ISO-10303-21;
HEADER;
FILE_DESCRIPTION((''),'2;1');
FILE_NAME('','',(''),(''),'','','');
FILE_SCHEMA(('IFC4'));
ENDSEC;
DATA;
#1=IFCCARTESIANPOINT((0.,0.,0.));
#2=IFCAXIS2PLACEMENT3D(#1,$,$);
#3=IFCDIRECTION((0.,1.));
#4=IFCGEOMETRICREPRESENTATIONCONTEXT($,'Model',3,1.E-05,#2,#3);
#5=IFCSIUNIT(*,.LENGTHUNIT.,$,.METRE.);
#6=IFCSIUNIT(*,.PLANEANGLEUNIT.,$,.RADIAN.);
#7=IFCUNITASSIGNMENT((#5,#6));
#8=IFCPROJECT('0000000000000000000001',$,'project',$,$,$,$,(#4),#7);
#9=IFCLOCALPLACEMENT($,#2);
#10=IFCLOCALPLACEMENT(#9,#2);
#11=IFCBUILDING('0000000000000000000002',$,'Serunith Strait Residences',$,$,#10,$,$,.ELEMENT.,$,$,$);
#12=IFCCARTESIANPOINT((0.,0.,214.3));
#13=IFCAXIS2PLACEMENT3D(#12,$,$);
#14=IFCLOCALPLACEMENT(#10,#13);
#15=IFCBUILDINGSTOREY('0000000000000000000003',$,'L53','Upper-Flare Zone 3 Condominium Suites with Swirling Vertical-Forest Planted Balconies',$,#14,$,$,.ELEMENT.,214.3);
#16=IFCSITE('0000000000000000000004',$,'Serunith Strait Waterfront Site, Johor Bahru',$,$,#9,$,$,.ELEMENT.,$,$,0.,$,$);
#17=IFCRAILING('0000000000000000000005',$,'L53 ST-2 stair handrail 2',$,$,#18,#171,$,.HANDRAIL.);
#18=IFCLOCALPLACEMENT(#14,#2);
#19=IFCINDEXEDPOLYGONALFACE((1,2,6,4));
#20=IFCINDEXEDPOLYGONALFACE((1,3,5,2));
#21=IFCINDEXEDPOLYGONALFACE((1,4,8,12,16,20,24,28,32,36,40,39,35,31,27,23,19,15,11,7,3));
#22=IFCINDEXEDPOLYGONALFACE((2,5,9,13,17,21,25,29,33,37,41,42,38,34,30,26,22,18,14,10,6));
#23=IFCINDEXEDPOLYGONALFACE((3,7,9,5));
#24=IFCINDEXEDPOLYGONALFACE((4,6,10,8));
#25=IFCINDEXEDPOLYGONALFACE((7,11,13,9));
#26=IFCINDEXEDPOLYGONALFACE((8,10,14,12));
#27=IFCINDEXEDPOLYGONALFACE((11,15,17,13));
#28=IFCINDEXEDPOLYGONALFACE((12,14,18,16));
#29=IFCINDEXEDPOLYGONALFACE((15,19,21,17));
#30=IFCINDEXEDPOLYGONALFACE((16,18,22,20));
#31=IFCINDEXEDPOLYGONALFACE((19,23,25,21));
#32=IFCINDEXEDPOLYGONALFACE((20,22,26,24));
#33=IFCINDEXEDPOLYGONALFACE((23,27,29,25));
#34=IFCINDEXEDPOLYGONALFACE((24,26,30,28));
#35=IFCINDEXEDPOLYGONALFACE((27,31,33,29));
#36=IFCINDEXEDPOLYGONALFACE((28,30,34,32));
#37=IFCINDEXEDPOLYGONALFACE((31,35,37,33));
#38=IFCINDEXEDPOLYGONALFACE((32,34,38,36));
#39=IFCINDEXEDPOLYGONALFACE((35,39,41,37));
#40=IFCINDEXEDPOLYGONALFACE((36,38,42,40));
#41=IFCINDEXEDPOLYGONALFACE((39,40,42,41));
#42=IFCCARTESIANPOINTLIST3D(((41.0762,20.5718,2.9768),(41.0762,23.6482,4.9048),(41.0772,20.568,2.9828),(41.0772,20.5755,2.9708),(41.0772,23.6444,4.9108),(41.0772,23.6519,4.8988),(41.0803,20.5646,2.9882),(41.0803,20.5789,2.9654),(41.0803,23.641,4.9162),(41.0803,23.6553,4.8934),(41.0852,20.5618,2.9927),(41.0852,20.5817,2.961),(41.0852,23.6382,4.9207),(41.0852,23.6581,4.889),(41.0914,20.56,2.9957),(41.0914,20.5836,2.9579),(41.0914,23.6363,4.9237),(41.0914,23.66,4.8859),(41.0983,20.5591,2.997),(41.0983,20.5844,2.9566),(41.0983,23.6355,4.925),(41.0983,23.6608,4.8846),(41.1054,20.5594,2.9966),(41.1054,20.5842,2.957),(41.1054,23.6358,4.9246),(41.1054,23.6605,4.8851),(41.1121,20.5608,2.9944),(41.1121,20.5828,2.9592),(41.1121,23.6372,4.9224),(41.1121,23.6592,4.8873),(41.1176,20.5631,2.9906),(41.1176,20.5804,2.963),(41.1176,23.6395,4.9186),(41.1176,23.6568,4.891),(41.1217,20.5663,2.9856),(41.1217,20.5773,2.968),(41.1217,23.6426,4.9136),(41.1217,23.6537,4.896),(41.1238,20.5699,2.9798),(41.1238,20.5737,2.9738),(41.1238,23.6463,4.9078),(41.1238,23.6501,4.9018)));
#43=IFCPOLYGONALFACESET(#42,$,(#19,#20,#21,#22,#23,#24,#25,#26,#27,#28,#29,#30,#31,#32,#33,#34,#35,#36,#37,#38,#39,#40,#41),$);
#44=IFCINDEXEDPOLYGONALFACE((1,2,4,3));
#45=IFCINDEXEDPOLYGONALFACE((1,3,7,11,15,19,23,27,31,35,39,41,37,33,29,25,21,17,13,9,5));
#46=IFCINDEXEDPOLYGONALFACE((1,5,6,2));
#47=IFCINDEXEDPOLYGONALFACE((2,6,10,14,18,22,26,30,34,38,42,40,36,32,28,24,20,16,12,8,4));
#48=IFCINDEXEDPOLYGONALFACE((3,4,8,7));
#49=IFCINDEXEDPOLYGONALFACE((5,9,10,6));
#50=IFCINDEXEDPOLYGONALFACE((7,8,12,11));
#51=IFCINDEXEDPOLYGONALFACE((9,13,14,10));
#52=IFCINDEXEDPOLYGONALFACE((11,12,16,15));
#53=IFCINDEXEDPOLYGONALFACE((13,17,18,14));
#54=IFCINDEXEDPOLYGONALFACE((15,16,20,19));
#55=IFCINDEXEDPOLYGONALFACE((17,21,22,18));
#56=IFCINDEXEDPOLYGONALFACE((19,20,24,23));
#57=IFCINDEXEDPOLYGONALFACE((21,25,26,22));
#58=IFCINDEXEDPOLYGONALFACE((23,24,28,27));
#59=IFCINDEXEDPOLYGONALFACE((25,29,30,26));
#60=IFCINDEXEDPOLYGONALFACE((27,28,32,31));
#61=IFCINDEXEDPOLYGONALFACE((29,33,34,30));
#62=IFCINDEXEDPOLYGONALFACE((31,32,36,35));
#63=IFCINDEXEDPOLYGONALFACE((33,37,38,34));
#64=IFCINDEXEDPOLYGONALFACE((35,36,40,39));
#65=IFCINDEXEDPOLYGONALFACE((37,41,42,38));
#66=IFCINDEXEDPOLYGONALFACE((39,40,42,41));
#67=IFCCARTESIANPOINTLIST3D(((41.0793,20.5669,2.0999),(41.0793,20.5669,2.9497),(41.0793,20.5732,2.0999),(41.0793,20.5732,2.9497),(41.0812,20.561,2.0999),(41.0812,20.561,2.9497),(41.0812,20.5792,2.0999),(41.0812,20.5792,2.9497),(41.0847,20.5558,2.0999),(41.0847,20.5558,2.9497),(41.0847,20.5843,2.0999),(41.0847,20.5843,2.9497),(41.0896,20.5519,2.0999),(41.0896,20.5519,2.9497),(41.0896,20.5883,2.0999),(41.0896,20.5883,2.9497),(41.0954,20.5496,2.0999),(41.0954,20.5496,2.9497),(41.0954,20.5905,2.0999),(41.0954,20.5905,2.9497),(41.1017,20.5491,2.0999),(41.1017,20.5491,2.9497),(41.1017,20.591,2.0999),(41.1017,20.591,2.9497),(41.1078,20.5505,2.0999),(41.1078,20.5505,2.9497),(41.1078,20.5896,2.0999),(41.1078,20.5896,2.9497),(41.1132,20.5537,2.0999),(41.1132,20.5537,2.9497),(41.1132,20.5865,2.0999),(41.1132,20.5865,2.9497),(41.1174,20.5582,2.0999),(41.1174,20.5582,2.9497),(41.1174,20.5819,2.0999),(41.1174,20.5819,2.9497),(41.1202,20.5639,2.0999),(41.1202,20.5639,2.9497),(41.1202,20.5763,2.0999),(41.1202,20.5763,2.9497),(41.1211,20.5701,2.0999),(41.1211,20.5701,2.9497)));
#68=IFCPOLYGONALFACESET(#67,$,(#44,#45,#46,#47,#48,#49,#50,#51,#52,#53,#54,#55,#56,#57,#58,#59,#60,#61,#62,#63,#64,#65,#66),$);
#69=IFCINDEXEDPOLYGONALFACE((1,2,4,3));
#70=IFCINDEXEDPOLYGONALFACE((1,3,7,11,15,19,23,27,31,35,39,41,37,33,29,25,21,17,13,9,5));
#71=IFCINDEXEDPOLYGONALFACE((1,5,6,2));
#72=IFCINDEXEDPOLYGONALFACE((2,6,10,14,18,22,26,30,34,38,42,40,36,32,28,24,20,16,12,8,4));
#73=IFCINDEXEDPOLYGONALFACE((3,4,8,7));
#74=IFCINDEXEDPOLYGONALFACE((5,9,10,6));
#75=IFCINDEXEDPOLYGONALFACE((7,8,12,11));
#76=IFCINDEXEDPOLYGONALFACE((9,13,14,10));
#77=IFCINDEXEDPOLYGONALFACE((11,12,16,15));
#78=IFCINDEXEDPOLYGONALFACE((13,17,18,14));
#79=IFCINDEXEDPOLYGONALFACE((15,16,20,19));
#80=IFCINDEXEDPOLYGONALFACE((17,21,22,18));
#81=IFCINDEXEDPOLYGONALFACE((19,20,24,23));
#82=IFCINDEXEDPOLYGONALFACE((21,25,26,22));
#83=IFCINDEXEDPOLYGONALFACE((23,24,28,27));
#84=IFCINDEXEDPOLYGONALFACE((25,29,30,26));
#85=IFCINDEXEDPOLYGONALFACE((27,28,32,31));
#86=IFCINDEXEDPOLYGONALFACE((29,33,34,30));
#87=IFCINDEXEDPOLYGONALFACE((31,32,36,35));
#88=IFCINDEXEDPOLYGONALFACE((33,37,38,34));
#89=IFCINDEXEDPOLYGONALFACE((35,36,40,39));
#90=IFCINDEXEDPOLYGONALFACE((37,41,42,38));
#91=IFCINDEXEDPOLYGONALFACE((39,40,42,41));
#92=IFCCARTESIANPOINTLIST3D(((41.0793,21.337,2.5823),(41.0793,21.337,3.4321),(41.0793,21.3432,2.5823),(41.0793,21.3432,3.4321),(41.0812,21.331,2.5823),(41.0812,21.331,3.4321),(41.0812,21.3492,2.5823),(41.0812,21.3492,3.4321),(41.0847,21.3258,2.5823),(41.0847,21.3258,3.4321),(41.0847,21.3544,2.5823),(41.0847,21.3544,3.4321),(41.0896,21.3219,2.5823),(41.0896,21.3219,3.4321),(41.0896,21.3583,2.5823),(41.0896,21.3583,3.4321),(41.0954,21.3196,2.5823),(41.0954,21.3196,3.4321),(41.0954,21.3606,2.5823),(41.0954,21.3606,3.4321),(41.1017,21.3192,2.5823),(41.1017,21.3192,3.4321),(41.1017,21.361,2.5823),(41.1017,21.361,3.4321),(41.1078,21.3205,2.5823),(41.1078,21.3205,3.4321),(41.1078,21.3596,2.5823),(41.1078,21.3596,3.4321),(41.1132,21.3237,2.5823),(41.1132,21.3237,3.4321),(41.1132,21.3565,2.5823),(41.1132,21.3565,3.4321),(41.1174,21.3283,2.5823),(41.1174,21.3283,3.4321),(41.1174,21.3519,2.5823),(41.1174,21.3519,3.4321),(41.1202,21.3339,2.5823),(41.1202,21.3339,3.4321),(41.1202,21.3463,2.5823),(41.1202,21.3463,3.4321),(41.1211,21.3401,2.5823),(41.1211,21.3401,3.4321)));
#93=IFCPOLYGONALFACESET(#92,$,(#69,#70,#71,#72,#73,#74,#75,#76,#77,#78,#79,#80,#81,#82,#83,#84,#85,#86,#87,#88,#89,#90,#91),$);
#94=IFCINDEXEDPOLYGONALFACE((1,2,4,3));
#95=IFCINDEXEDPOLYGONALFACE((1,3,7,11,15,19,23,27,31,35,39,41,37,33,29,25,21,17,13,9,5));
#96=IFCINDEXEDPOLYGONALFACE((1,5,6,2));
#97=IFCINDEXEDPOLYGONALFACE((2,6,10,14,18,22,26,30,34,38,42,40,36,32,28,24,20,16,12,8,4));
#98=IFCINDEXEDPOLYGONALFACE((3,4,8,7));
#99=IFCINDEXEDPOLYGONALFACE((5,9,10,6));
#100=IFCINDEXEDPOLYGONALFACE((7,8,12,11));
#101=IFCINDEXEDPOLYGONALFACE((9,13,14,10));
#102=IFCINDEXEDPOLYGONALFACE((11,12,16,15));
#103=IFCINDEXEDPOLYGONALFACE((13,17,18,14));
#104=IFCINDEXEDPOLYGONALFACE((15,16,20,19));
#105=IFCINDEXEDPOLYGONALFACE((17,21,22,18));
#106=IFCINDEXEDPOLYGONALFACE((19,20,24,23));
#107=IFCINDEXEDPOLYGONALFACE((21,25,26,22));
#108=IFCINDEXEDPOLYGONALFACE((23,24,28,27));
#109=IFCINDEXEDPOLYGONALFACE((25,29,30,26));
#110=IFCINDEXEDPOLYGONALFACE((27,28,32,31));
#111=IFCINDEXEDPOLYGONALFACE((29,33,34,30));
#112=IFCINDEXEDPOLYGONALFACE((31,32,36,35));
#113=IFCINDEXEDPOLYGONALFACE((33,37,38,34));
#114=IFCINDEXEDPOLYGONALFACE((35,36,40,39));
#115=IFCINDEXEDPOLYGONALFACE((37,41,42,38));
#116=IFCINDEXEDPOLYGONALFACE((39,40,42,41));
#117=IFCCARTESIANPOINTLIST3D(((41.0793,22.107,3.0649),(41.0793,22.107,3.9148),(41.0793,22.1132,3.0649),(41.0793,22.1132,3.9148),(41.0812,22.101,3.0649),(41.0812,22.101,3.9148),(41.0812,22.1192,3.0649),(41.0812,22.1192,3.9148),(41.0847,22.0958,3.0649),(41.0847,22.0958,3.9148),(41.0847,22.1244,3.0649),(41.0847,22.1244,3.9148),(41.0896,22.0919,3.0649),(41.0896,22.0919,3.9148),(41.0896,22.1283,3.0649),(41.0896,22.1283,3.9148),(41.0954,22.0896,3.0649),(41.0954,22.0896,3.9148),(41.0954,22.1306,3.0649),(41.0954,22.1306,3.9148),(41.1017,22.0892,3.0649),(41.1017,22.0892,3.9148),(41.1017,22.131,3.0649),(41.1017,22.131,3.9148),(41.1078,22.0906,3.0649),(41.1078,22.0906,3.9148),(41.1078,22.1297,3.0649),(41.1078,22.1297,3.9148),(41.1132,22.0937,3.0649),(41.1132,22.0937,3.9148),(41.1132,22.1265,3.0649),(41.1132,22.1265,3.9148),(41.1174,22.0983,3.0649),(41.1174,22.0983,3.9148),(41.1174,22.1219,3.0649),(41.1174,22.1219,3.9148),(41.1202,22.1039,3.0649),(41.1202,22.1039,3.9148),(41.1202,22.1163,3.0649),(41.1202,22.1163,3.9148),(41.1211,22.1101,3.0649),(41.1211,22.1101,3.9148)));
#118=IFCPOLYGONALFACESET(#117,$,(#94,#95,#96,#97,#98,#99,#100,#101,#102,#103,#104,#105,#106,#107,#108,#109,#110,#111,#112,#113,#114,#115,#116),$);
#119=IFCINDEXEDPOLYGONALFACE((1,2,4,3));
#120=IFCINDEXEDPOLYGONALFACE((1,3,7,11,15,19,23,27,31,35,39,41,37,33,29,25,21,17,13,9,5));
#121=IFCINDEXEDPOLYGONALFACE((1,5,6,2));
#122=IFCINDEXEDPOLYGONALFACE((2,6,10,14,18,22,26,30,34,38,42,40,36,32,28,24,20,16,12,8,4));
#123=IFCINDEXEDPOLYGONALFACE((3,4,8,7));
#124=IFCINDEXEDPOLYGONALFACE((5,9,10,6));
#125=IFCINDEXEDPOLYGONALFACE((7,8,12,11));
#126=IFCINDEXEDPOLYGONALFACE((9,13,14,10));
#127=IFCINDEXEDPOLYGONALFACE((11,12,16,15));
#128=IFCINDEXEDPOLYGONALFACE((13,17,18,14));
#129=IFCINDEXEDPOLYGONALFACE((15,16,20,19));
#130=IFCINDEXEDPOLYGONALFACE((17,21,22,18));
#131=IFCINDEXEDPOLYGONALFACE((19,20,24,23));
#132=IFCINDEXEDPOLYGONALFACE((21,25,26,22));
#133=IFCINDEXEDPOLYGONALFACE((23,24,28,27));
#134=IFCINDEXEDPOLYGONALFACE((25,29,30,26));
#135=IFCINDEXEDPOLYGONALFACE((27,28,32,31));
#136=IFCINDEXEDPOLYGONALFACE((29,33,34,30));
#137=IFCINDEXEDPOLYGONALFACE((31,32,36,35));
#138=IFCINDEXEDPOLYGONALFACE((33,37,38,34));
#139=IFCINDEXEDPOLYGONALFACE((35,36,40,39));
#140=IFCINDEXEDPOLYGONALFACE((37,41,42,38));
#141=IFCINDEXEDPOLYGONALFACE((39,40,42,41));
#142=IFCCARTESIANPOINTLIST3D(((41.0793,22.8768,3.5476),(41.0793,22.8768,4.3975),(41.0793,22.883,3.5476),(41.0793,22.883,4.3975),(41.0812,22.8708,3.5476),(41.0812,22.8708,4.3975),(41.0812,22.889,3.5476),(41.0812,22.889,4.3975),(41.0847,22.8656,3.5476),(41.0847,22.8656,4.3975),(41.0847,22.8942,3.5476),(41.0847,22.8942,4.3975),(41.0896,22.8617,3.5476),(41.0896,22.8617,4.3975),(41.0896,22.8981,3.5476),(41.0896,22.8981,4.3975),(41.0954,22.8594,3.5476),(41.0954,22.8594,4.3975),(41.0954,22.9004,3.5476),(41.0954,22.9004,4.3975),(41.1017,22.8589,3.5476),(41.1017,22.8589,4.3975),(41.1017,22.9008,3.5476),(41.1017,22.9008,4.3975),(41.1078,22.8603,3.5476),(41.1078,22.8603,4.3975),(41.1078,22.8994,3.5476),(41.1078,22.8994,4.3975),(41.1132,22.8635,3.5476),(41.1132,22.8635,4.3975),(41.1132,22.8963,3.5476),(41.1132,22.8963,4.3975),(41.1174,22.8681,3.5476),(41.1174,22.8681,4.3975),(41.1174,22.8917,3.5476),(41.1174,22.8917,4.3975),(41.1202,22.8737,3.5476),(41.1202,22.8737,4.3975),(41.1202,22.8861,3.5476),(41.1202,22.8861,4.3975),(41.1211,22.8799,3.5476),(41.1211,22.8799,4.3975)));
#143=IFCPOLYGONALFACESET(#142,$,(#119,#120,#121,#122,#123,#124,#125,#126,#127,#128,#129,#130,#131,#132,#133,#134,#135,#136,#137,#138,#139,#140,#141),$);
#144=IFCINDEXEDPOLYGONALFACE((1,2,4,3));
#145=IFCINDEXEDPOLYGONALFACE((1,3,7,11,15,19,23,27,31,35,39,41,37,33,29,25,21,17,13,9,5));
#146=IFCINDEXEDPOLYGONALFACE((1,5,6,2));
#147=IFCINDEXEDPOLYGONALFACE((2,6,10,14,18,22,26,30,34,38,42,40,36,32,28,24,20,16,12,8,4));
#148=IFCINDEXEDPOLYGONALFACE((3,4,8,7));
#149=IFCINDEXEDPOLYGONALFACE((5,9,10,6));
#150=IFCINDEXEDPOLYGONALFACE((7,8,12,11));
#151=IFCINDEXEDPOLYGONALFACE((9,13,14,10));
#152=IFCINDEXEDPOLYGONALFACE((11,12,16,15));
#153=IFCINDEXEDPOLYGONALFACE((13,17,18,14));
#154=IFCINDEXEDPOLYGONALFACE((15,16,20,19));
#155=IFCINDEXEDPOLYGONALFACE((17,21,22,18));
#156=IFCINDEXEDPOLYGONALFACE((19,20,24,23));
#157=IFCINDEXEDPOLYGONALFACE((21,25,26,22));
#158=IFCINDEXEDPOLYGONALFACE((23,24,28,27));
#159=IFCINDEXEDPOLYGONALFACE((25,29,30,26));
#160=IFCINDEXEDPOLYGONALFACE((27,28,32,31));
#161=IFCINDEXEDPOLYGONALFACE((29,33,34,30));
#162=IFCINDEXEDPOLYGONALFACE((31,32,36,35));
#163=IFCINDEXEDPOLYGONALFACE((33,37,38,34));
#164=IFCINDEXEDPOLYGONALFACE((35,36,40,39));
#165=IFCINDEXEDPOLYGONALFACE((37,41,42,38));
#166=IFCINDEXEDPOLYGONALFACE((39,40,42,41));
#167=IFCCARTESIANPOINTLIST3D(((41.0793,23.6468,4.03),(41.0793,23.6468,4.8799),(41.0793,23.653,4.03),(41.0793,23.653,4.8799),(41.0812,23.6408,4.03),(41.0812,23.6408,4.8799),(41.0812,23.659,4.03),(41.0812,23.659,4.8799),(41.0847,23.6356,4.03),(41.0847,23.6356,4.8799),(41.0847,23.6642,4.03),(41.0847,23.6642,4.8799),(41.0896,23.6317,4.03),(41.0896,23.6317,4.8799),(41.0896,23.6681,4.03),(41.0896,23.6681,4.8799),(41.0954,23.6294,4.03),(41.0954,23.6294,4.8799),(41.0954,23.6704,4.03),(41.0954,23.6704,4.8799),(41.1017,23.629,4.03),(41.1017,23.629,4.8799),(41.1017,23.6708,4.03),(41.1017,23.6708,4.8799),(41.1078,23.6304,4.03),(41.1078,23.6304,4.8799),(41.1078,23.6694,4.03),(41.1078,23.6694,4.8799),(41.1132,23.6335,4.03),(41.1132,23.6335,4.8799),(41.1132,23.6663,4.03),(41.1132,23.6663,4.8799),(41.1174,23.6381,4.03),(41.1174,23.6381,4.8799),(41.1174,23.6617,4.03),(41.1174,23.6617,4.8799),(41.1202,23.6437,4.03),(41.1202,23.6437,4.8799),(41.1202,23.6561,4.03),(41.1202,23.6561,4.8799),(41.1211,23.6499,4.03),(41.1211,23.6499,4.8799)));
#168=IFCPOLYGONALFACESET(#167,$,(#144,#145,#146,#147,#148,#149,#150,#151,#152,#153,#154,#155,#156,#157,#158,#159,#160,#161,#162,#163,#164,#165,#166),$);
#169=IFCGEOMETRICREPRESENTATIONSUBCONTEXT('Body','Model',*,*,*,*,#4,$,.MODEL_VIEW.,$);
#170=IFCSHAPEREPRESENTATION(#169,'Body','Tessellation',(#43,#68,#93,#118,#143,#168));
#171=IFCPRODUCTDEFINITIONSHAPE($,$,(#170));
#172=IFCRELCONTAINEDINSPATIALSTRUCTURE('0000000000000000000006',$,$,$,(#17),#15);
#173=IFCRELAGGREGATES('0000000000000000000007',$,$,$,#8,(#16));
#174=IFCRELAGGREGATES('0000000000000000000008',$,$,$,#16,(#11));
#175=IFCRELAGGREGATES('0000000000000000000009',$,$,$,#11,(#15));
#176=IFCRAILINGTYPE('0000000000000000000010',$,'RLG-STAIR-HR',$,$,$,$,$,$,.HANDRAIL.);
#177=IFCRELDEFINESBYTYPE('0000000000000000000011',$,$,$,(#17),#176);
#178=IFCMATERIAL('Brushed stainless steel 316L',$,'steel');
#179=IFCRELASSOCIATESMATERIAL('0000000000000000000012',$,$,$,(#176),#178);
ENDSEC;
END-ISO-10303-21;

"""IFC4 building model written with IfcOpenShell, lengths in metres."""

from ifc_helpers import new_model, si_unit, direction, frame, origin, origin_2d, place, context, subcontext, project, spatial, circle, extrude, material, type_object, element, save


model = new_model("IFC4")

# Units and contexts
model_context = context("Model", 3, precision=1e-05, world=origin(), true_north=direction((0.0, 1.0)))
body_context = subcontext(model_context, "Body", "Model", "MODEL_VIEW")
ifc_project = project(units=[si_unit("LENGTHUNIT", "METRE"), si_unit("PLANEANGLEUNIT", "RADIAN")], contexts=[model_context])

# Site, building, storey
site_placement = place(None, origin())
site = spatial("IfcSite", under=ifc_project, at=site_placement, Name="Serunith Strait Waterfront Site, Johor Bahru", CompositionType="ELEMENT", RefElevation=0.0)
building_placement = place(site_placement, origin())
building = spatial("IfcBuilding", under=site, at=building_placement, Name="Serunith Strait Residences", CompositionType="ELEMENT")
storey_placement = place(building_placement, frame((0.0, 0.0, 214.3)))
storey = spatial("IfcBuildingStorey", under=building, at=storey_placement, Name="L53", Description="Upper-Flare Zone 3 Condominium Suites with Swirling Vertical-Forest Planted Balconies", CompositionType="ELEMENT", Elevation=214.3)

# Railing
ifc_material_1 = material(Name="Brushed stainless steel 316L", Category="steel")
railing_type_1 = type_object("IfcRailingType", Name="RLG-STAIR-HR", PredefinedType="HANDRAIL", material=ifc_material_1)
railing_1_placement = place(storey_placement, frame((41.1001, 20.5701, 2.0999)))
element("IfcRailing", 1, at=railing_1_placement, inside=storey, type_object=railing_type_1, Name="L53 ST-2 stair handrail 2", PredefinedType="HANDRAIL", context=body_context, shape_type="SweptSolid", body=[
    extrude(circle(Radius=0.0239, at=origin_2d()), frame((0.0, 0.0017, 0.877), z_axis=(0.0, 0.847345, 0.531043), x_axis=(-1.0, 0.0, 0.0)), (0.0, 0.0, 1.0), 3.6306),
    extrude(circle(Radius=0.021, at=origin_2d()), origin(), (0.0, 0.0, 1.0), 0.8499),
    extrude(circle(Radius=0.021, at=origin_2d()), frame((0.0, 0.77, 0.4824)), (0.0, 0.0, 1.0), 0.8499),
    extrude(circle(Radius=0.021, at=origin_2d()), frame((0.0, 1.54, 0.9651)), (0.0, 0.0, 1.0), 0.8499),
    extrude(circle(Radius=0.021, at=origin_2d()), frame((0.0, 2.3098, 1.4478)), (0.0, 0.0, 1.0), 0.8499),
    extrude(circle(Radius=0.021, at=origin_2d()), frame((0.0, 3.0798, 1.9302)), (0.0, 0.0, 1.0), 0.8499),
])

save(model, "model.ifc")
